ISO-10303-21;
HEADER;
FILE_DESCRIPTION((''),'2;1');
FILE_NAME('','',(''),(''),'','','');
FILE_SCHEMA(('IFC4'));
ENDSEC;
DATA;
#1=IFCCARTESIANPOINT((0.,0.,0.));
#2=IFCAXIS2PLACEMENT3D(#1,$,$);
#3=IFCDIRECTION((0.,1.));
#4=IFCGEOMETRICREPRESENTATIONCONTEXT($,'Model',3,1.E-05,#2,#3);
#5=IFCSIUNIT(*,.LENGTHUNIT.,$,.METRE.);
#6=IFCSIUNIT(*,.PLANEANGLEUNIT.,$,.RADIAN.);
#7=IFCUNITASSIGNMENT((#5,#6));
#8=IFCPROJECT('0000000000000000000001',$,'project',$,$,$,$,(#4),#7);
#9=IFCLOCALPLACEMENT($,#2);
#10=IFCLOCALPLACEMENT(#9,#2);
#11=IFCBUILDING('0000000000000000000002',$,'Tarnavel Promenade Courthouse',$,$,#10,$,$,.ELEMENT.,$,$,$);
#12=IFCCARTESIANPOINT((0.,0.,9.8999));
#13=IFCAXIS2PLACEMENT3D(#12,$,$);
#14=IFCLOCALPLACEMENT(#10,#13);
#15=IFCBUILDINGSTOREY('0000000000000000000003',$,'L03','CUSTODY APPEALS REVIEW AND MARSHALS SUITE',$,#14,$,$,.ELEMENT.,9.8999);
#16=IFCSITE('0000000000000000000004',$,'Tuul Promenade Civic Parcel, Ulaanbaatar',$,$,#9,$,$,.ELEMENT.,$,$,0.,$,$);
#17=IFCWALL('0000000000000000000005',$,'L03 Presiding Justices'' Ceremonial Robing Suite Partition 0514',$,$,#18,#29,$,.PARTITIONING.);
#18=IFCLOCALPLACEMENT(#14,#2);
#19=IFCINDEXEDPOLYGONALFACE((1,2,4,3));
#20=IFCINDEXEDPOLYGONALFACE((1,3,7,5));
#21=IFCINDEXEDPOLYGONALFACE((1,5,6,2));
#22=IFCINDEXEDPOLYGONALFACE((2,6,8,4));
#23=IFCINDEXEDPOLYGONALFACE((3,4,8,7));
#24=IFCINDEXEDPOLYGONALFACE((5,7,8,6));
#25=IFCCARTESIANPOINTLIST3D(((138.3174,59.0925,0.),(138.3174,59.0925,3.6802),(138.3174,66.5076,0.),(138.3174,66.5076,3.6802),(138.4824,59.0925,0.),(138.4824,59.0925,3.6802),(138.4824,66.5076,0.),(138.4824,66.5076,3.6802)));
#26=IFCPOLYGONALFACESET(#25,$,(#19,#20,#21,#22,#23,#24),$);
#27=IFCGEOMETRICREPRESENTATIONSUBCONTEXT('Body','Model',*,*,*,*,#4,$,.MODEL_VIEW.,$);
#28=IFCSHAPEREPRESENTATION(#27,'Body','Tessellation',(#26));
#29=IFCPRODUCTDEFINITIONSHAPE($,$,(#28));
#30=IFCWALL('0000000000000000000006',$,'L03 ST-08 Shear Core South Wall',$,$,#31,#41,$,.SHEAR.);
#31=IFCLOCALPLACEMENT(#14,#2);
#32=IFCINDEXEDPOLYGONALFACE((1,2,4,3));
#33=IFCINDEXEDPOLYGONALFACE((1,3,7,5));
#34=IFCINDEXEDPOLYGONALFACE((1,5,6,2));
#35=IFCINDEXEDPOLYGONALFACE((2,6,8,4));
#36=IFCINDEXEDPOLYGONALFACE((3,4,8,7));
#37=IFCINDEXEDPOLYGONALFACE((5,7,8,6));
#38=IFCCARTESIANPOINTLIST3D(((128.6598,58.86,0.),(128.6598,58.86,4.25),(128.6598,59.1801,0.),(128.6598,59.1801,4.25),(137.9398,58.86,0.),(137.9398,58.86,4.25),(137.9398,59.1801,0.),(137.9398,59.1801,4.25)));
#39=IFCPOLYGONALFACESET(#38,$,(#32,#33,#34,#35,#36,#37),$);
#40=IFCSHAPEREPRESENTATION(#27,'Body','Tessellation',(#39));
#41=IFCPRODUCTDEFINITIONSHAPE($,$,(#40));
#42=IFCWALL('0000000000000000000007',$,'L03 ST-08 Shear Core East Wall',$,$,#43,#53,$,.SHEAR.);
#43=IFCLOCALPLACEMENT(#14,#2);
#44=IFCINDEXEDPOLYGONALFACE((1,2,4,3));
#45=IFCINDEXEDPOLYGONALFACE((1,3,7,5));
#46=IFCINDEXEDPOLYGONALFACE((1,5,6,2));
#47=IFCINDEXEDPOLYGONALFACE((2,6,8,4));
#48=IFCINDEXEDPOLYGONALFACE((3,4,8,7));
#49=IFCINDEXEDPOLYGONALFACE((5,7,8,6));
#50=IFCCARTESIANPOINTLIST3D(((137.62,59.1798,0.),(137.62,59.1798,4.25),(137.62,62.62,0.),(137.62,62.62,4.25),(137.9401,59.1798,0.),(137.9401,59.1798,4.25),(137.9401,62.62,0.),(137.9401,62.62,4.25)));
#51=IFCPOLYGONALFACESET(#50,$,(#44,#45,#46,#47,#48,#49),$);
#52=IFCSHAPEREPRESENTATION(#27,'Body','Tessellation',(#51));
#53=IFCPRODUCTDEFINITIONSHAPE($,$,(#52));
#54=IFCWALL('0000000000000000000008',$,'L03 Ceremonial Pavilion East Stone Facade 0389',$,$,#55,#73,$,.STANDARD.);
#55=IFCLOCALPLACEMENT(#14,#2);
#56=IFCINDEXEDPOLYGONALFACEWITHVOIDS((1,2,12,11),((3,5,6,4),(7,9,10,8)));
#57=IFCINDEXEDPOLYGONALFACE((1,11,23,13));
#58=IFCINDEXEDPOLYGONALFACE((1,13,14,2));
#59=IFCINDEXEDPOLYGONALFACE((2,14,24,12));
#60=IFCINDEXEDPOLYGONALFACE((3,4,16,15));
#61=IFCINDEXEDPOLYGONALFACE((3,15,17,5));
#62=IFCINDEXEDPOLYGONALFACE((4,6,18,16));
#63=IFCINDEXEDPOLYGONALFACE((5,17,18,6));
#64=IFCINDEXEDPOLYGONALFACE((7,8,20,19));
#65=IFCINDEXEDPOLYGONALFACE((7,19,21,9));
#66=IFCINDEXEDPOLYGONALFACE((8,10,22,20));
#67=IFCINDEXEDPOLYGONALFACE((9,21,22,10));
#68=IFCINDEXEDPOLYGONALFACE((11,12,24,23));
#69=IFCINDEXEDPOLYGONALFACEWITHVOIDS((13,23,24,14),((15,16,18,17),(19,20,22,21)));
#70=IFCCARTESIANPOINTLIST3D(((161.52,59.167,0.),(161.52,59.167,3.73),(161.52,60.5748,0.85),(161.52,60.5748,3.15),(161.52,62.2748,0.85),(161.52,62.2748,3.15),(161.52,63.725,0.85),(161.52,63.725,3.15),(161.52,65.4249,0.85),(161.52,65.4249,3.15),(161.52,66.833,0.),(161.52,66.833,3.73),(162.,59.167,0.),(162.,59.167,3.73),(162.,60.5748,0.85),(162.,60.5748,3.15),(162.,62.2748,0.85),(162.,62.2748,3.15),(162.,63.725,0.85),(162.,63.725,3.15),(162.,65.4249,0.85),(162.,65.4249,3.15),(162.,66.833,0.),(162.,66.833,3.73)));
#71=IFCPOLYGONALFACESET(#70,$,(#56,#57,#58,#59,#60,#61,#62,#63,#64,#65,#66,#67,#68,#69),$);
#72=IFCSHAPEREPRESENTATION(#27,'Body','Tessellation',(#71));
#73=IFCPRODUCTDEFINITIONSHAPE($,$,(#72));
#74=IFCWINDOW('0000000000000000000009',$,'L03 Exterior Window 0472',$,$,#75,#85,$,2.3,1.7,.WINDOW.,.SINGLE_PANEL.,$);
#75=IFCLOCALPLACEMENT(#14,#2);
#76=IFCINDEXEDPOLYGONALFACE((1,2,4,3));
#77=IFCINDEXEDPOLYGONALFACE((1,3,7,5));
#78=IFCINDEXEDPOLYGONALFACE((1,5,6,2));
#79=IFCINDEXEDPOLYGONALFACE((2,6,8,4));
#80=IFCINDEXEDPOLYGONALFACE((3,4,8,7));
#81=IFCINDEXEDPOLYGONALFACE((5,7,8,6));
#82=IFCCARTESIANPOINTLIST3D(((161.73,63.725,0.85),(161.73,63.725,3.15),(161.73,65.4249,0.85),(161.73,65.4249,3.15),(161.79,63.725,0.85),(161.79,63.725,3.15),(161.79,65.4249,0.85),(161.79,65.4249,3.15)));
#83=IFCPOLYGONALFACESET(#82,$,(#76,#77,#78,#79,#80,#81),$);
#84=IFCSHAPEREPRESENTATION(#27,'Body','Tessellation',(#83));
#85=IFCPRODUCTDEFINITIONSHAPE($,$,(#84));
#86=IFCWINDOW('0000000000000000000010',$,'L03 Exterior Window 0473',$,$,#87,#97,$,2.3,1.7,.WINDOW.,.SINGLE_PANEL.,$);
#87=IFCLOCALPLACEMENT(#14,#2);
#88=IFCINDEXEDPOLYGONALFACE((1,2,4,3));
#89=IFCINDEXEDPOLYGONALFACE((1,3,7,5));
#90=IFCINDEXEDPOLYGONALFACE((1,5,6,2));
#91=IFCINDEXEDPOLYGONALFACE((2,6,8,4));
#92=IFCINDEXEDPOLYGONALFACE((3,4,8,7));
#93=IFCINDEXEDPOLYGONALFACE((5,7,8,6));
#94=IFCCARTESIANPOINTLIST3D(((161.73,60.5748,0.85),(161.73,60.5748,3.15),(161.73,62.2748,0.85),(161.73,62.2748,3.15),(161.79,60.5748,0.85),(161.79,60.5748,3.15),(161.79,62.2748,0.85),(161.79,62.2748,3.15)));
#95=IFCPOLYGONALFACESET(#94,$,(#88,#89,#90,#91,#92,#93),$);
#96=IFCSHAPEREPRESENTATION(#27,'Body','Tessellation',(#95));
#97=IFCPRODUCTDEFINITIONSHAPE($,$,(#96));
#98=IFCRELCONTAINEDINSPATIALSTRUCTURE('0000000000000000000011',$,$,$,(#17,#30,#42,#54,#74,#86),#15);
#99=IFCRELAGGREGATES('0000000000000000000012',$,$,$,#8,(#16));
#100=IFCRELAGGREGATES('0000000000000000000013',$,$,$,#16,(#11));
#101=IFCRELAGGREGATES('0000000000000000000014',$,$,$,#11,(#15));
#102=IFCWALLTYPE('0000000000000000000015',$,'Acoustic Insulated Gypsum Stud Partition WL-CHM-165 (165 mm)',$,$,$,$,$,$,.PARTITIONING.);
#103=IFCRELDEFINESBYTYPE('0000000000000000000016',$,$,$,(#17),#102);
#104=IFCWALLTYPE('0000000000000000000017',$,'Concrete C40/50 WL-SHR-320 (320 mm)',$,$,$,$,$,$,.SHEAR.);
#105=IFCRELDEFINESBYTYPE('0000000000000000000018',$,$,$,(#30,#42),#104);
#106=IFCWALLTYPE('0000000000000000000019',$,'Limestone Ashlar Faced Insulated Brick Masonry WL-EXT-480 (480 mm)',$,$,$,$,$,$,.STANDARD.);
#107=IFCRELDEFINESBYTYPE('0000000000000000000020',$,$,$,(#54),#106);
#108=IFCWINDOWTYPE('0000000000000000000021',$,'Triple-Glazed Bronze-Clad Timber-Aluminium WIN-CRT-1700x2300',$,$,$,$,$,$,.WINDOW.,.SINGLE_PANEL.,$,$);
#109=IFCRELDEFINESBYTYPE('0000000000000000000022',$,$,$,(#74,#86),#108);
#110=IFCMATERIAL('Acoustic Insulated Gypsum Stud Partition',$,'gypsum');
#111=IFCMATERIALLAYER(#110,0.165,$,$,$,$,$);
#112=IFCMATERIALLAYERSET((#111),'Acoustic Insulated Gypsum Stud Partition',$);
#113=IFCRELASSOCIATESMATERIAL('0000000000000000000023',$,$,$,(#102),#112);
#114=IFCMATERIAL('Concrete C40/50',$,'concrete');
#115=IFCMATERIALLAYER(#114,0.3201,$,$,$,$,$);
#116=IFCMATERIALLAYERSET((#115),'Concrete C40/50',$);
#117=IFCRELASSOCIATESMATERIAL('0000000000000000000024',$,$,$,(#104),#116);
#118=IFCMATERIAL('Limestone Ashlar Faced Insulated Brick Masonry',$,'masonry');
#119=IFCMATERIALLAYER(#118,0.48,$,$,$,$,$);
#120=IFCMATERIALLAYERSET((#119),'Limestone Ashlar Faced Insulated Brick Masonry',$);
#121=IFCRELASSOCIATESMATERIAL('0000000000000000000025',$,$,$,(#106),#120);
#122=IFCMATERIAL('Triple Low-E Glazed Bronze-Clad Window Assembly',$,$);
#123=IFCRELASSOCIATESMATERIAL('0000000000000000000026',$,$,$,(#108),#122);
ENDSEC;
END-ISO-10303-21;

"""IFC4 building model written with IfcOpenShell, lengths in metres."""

from ifc_helpers import new_model, si_unit, direction, frame, frame_2d, origin, place, context, subcontext, project, spatial, rectangle, extrude, material, layer, layer_set, type_object, element, fill, save


model = new_model("IFC4")

# Units and contexts
model_context = context("Model", 3, precision=1e-05, world=origin(), true_north=direction((0.0, 1.0)))
body_context = subcontext(model_context, "Body", "Model", "MODEL_VIEW")
ifc_project = project(units=[si_unit("LENGTHUNIT", "METRE"), si_unit("PLANEANGLEUNIT", "RADIAN")], contexts=[model_context])

# Site, building, storey
site_placement = place(None, origin())
site = spatial("IfcSite", under=ifc_project, at=site_placement, Name="Tuul Promenade Civic Parcel, Ulaanbaatar", CompositionType="ELEMENT", RefElevation=0.0)
building_placement = place(site_placement, origin())
building = spatial("IfcBuilding", under=site, at=building_placement, Name="Tarnavel Promenade Courthouse", CompositionType="ELEMENT")
storey_placement = place(building_placement, frame((0.0, 0.0, 9.8999)))
storey = spatial("IfcBuildingStorey", under=building, at=storey_placement, Name="L03", Description="CUSTODY APPEALS REVIEW AND MARSHALS SUITE", CompositionType="ELEMENT", Elevation=9.8999)

# Shared definitions
ifc_material_1 = material(Name="Concrete C40/50", Category="concrete")

# Shared definitions
ifc_material_2 = material(Name="Acoustic Insulated Gypsum Stud Partition", Category="gypsum")
ifc_layer_1 = layer(ifc_material_2, 0.165)
ifc_layer_set_1 = layer_set([ifc_layer_1], Name="Acoustic Insulated Gypsum Stud Partition")
wall_type_1 = type_object("IfcWallType", Name="Acoustic Insulated Gypsum Stud Partition WL-CHM-165 (165 mm)", PredefinedType="PARTITIONING", material=ifc_layer_set_1)

# Walls
wall_1_placement = place(storey_placement, frame((138.3999, 59.0925, 0.0), z_axis=(0.0, 0.0, 1.0), x_axis=(0.0, 1.0, 0.0)))
element("IfcWall", 1, at=wall_1_placement, inside=storey, type_object=wall_type_1, Name="L03 Presiding Justices' Ceremonial Robing Suite Partition 0514", PredefinedType="PARTITIONING", context=body_context, shape_type="SweptSolid", body=[
    extrude(rectangle(XDim=7.415, YDim=0.165, at=frame_2d((3.7075, 0.0))), origin(), (0.0, 0.0, 1.0), 3.6802),
])
ifc_layer_2 = layer(ifc_material_1, 0.3201)
ifc_layer_set_2 = layer_set([ifc_layer_2], Name="Concrete C40/50")
wall_type_2 = type_object("IfcWallType", Name="Concrete C40/50 WL-SHR-320 (320 mm)", PredefinedType="SHEAR", material=ifc_layer_set_2)
wall_2_placement = place(storey_placement, frame((137.9399, 59.02, 0.0), z_axis=(0.0, 0.0, 1.0), x_axis=(-1.0, 0.0, 0.0)))
element("IfcWall", 2, at=wall_2_placement, inside=storey, type_object=wall_type_2, Name="L03 ST-08 Shear Core South Wall", PredefinedType="SHEAR", context=body_context, shape_type="SweptSolid", body=[
    extrude(rectangle(XDim=9.28, YDim=0.3201, at=frame_2d((4.6401, 0.0))), origin(), (0.0, 0.0, 1.0), 4.25),
])
wall_3_placement = place(storey_placement, frame((137.78, 62.6201, 0.0), z_axis=(0.0, 0.0, 1.0), x_axis=(0.0, -1.0, 0.0)))
element("IfcWall", 3, at=wall_3_placement, inside=storey, type_object=wall_type_2, Name="L03 ST-08 Shear Core East Wall", PredefinedType="SHEAR", context=body_context, shape_type="SweptSolid", body=[
    extrude(rectangle(XDim=3.4402, YDim=0.3201, at=frame_2d((1.7202, 0.0))), origin(), (0.0, 0.0, 1.0), 4.25),
])

# Wall, openings, windows
ifc_material_3 = material(Name="Limestone Ashlar Faced Insulated Brick Masonry", Category="masonry")
ifc_layer_3 = layer(ifc_material_3, 0.48)
ifc_layer_set_3 = layer_set([ifc_layer_3], Name="Limestone Ashlar Faced Insulated Brick Masonry")
wall_type_3 = type_object("IfcWallType", Name="Limestone Ashlar Faced Insulated Brick Masonry WL-EXT-480 (480 mm)", PredefinedType="STANDARD", material=ifc_layer_set_3)
wall_4_placement = place(storey_placement, frame((161.76, 66.833, 0.0), z_axis=(0.0, 0.0, 1.0), x_axis=(0.0, -1.0, 0.0)))
wall_4 = element("IfcWall", 4, at=wall_4_placement, inside=storey, type_object=wall_type_3, Name="L03 Ceremonial Pavilion East Stone Facade 0389", PredefinedType="STANDARD", context=body_context, shape_type="SweptSolid", body=[
    extrude(rectangle(XDim=7.666, YDim=0.48, at=frame_2d((3.833, 0.0))), origin(), (0.0, 0.0, 1.0), 3.73),
])
opening_1_placement = place(wall_4_placement, frame((1.408, 0.0, 0.8501)))
opening_1 = element("IfcOpeningElement", 5, at=opening_1_placement, cuts=wall_4, PredefinedType="OPENING", context=body_context, shape_type="SweptSolid", body=[
    extrude(rectangle(XDim=1.7, YDim=2.3, at=frame_2d((0.8501, 1.1499))), frame((0.0, 0.25, 0.0), z_axis=(0.0, -1.0, 0.0), x_axis=(1.0, 0.0, 0.0)), (0.0, 0.0, 1.0), 0.5),
])
opening_2_placement = place(wall_4_placement, frame((4.5581, 0.0, 0.8501)))
opening_2 = element("IfcOpeningElement", 6, at=opening_2_placement, cuts=wall_4, PredefinedType="OPENING", context=body_context, shape_type="SweptSolid", body=[
    extrude(rectangle(XDim=1.7, YDim=2.3, at=frame_2d((0.8501, 1.1499))), frame((0.0, 0.25, 0.0), z_axis=(0.0, -1.0, 0.0), x_axis=(1.0, 0.0, 0.0)), (0.0, 0.0, 1.0), 0.5),
])
ifc_material_4 = material(Name="Triple Low-E Glazed Bronze-Clad Window Assembly")
window_type = type_object("IfcWindowType", Name="Triple-Glazed Bronze-Clad Timber-Aluminium WIN-CRT-1700x2300", PartitioningType="SINGLE_PANEL", PredefinedType="WINDOW", material=ifc_material_4)
window_1_placement = place(opening_1_placement, origin())
window_1 = element("IfcWindow", 7, at=window_1_placement, inside=storey, type_object=window_type, Name="L03 Exterior Window 0472", OverallHeight=2.3, OverallWidth=1.7, PartitioningType="SINGLE_PANEL", PredefinedType="WINDOW", context=body_context, shape_type="SweptSolid", body=[
    extrude(rectangle(XDim=1.7, YDim=2.3, at=frame_2d((0.8501, 1.1499))), frame((0.0, 0.03, 0.0), z_axis=(0.0, -1.0, 0.0), x_axis=(1.0, 0.0, 0.0)), (0.0, 0.0, 1.0), 0.0601),
])
fill(opening_1, window_1)
window_2_placement = place(opening_2_placement, origin())
window_2 = element("IfcWindow", 8, at=window_2_placement, inside=storey, type_object=window_type, Name="L03 Exterior Window 0473", OverallHeight=2.3, OverallWidth=1.7, PartitioningType="SINGLE_PANEL", PredefinedType="WINDOW", context=body_context, shape_type="SweptSolid", body=[
    extrude(rectangle(XDim=1.7, YDim=2.3, at=frame_2d((0.8501, 1.1499))), frame((0.0, 0.03, 0.0), z_axis=(0.0, -1.0, 0.0), x_axis=(1.0, 0.0, 0.0)), (0.0, 0.0, 1.0), 0.0601),
])
fill(opening_2, window_2)

save(model, "model.ifc")
